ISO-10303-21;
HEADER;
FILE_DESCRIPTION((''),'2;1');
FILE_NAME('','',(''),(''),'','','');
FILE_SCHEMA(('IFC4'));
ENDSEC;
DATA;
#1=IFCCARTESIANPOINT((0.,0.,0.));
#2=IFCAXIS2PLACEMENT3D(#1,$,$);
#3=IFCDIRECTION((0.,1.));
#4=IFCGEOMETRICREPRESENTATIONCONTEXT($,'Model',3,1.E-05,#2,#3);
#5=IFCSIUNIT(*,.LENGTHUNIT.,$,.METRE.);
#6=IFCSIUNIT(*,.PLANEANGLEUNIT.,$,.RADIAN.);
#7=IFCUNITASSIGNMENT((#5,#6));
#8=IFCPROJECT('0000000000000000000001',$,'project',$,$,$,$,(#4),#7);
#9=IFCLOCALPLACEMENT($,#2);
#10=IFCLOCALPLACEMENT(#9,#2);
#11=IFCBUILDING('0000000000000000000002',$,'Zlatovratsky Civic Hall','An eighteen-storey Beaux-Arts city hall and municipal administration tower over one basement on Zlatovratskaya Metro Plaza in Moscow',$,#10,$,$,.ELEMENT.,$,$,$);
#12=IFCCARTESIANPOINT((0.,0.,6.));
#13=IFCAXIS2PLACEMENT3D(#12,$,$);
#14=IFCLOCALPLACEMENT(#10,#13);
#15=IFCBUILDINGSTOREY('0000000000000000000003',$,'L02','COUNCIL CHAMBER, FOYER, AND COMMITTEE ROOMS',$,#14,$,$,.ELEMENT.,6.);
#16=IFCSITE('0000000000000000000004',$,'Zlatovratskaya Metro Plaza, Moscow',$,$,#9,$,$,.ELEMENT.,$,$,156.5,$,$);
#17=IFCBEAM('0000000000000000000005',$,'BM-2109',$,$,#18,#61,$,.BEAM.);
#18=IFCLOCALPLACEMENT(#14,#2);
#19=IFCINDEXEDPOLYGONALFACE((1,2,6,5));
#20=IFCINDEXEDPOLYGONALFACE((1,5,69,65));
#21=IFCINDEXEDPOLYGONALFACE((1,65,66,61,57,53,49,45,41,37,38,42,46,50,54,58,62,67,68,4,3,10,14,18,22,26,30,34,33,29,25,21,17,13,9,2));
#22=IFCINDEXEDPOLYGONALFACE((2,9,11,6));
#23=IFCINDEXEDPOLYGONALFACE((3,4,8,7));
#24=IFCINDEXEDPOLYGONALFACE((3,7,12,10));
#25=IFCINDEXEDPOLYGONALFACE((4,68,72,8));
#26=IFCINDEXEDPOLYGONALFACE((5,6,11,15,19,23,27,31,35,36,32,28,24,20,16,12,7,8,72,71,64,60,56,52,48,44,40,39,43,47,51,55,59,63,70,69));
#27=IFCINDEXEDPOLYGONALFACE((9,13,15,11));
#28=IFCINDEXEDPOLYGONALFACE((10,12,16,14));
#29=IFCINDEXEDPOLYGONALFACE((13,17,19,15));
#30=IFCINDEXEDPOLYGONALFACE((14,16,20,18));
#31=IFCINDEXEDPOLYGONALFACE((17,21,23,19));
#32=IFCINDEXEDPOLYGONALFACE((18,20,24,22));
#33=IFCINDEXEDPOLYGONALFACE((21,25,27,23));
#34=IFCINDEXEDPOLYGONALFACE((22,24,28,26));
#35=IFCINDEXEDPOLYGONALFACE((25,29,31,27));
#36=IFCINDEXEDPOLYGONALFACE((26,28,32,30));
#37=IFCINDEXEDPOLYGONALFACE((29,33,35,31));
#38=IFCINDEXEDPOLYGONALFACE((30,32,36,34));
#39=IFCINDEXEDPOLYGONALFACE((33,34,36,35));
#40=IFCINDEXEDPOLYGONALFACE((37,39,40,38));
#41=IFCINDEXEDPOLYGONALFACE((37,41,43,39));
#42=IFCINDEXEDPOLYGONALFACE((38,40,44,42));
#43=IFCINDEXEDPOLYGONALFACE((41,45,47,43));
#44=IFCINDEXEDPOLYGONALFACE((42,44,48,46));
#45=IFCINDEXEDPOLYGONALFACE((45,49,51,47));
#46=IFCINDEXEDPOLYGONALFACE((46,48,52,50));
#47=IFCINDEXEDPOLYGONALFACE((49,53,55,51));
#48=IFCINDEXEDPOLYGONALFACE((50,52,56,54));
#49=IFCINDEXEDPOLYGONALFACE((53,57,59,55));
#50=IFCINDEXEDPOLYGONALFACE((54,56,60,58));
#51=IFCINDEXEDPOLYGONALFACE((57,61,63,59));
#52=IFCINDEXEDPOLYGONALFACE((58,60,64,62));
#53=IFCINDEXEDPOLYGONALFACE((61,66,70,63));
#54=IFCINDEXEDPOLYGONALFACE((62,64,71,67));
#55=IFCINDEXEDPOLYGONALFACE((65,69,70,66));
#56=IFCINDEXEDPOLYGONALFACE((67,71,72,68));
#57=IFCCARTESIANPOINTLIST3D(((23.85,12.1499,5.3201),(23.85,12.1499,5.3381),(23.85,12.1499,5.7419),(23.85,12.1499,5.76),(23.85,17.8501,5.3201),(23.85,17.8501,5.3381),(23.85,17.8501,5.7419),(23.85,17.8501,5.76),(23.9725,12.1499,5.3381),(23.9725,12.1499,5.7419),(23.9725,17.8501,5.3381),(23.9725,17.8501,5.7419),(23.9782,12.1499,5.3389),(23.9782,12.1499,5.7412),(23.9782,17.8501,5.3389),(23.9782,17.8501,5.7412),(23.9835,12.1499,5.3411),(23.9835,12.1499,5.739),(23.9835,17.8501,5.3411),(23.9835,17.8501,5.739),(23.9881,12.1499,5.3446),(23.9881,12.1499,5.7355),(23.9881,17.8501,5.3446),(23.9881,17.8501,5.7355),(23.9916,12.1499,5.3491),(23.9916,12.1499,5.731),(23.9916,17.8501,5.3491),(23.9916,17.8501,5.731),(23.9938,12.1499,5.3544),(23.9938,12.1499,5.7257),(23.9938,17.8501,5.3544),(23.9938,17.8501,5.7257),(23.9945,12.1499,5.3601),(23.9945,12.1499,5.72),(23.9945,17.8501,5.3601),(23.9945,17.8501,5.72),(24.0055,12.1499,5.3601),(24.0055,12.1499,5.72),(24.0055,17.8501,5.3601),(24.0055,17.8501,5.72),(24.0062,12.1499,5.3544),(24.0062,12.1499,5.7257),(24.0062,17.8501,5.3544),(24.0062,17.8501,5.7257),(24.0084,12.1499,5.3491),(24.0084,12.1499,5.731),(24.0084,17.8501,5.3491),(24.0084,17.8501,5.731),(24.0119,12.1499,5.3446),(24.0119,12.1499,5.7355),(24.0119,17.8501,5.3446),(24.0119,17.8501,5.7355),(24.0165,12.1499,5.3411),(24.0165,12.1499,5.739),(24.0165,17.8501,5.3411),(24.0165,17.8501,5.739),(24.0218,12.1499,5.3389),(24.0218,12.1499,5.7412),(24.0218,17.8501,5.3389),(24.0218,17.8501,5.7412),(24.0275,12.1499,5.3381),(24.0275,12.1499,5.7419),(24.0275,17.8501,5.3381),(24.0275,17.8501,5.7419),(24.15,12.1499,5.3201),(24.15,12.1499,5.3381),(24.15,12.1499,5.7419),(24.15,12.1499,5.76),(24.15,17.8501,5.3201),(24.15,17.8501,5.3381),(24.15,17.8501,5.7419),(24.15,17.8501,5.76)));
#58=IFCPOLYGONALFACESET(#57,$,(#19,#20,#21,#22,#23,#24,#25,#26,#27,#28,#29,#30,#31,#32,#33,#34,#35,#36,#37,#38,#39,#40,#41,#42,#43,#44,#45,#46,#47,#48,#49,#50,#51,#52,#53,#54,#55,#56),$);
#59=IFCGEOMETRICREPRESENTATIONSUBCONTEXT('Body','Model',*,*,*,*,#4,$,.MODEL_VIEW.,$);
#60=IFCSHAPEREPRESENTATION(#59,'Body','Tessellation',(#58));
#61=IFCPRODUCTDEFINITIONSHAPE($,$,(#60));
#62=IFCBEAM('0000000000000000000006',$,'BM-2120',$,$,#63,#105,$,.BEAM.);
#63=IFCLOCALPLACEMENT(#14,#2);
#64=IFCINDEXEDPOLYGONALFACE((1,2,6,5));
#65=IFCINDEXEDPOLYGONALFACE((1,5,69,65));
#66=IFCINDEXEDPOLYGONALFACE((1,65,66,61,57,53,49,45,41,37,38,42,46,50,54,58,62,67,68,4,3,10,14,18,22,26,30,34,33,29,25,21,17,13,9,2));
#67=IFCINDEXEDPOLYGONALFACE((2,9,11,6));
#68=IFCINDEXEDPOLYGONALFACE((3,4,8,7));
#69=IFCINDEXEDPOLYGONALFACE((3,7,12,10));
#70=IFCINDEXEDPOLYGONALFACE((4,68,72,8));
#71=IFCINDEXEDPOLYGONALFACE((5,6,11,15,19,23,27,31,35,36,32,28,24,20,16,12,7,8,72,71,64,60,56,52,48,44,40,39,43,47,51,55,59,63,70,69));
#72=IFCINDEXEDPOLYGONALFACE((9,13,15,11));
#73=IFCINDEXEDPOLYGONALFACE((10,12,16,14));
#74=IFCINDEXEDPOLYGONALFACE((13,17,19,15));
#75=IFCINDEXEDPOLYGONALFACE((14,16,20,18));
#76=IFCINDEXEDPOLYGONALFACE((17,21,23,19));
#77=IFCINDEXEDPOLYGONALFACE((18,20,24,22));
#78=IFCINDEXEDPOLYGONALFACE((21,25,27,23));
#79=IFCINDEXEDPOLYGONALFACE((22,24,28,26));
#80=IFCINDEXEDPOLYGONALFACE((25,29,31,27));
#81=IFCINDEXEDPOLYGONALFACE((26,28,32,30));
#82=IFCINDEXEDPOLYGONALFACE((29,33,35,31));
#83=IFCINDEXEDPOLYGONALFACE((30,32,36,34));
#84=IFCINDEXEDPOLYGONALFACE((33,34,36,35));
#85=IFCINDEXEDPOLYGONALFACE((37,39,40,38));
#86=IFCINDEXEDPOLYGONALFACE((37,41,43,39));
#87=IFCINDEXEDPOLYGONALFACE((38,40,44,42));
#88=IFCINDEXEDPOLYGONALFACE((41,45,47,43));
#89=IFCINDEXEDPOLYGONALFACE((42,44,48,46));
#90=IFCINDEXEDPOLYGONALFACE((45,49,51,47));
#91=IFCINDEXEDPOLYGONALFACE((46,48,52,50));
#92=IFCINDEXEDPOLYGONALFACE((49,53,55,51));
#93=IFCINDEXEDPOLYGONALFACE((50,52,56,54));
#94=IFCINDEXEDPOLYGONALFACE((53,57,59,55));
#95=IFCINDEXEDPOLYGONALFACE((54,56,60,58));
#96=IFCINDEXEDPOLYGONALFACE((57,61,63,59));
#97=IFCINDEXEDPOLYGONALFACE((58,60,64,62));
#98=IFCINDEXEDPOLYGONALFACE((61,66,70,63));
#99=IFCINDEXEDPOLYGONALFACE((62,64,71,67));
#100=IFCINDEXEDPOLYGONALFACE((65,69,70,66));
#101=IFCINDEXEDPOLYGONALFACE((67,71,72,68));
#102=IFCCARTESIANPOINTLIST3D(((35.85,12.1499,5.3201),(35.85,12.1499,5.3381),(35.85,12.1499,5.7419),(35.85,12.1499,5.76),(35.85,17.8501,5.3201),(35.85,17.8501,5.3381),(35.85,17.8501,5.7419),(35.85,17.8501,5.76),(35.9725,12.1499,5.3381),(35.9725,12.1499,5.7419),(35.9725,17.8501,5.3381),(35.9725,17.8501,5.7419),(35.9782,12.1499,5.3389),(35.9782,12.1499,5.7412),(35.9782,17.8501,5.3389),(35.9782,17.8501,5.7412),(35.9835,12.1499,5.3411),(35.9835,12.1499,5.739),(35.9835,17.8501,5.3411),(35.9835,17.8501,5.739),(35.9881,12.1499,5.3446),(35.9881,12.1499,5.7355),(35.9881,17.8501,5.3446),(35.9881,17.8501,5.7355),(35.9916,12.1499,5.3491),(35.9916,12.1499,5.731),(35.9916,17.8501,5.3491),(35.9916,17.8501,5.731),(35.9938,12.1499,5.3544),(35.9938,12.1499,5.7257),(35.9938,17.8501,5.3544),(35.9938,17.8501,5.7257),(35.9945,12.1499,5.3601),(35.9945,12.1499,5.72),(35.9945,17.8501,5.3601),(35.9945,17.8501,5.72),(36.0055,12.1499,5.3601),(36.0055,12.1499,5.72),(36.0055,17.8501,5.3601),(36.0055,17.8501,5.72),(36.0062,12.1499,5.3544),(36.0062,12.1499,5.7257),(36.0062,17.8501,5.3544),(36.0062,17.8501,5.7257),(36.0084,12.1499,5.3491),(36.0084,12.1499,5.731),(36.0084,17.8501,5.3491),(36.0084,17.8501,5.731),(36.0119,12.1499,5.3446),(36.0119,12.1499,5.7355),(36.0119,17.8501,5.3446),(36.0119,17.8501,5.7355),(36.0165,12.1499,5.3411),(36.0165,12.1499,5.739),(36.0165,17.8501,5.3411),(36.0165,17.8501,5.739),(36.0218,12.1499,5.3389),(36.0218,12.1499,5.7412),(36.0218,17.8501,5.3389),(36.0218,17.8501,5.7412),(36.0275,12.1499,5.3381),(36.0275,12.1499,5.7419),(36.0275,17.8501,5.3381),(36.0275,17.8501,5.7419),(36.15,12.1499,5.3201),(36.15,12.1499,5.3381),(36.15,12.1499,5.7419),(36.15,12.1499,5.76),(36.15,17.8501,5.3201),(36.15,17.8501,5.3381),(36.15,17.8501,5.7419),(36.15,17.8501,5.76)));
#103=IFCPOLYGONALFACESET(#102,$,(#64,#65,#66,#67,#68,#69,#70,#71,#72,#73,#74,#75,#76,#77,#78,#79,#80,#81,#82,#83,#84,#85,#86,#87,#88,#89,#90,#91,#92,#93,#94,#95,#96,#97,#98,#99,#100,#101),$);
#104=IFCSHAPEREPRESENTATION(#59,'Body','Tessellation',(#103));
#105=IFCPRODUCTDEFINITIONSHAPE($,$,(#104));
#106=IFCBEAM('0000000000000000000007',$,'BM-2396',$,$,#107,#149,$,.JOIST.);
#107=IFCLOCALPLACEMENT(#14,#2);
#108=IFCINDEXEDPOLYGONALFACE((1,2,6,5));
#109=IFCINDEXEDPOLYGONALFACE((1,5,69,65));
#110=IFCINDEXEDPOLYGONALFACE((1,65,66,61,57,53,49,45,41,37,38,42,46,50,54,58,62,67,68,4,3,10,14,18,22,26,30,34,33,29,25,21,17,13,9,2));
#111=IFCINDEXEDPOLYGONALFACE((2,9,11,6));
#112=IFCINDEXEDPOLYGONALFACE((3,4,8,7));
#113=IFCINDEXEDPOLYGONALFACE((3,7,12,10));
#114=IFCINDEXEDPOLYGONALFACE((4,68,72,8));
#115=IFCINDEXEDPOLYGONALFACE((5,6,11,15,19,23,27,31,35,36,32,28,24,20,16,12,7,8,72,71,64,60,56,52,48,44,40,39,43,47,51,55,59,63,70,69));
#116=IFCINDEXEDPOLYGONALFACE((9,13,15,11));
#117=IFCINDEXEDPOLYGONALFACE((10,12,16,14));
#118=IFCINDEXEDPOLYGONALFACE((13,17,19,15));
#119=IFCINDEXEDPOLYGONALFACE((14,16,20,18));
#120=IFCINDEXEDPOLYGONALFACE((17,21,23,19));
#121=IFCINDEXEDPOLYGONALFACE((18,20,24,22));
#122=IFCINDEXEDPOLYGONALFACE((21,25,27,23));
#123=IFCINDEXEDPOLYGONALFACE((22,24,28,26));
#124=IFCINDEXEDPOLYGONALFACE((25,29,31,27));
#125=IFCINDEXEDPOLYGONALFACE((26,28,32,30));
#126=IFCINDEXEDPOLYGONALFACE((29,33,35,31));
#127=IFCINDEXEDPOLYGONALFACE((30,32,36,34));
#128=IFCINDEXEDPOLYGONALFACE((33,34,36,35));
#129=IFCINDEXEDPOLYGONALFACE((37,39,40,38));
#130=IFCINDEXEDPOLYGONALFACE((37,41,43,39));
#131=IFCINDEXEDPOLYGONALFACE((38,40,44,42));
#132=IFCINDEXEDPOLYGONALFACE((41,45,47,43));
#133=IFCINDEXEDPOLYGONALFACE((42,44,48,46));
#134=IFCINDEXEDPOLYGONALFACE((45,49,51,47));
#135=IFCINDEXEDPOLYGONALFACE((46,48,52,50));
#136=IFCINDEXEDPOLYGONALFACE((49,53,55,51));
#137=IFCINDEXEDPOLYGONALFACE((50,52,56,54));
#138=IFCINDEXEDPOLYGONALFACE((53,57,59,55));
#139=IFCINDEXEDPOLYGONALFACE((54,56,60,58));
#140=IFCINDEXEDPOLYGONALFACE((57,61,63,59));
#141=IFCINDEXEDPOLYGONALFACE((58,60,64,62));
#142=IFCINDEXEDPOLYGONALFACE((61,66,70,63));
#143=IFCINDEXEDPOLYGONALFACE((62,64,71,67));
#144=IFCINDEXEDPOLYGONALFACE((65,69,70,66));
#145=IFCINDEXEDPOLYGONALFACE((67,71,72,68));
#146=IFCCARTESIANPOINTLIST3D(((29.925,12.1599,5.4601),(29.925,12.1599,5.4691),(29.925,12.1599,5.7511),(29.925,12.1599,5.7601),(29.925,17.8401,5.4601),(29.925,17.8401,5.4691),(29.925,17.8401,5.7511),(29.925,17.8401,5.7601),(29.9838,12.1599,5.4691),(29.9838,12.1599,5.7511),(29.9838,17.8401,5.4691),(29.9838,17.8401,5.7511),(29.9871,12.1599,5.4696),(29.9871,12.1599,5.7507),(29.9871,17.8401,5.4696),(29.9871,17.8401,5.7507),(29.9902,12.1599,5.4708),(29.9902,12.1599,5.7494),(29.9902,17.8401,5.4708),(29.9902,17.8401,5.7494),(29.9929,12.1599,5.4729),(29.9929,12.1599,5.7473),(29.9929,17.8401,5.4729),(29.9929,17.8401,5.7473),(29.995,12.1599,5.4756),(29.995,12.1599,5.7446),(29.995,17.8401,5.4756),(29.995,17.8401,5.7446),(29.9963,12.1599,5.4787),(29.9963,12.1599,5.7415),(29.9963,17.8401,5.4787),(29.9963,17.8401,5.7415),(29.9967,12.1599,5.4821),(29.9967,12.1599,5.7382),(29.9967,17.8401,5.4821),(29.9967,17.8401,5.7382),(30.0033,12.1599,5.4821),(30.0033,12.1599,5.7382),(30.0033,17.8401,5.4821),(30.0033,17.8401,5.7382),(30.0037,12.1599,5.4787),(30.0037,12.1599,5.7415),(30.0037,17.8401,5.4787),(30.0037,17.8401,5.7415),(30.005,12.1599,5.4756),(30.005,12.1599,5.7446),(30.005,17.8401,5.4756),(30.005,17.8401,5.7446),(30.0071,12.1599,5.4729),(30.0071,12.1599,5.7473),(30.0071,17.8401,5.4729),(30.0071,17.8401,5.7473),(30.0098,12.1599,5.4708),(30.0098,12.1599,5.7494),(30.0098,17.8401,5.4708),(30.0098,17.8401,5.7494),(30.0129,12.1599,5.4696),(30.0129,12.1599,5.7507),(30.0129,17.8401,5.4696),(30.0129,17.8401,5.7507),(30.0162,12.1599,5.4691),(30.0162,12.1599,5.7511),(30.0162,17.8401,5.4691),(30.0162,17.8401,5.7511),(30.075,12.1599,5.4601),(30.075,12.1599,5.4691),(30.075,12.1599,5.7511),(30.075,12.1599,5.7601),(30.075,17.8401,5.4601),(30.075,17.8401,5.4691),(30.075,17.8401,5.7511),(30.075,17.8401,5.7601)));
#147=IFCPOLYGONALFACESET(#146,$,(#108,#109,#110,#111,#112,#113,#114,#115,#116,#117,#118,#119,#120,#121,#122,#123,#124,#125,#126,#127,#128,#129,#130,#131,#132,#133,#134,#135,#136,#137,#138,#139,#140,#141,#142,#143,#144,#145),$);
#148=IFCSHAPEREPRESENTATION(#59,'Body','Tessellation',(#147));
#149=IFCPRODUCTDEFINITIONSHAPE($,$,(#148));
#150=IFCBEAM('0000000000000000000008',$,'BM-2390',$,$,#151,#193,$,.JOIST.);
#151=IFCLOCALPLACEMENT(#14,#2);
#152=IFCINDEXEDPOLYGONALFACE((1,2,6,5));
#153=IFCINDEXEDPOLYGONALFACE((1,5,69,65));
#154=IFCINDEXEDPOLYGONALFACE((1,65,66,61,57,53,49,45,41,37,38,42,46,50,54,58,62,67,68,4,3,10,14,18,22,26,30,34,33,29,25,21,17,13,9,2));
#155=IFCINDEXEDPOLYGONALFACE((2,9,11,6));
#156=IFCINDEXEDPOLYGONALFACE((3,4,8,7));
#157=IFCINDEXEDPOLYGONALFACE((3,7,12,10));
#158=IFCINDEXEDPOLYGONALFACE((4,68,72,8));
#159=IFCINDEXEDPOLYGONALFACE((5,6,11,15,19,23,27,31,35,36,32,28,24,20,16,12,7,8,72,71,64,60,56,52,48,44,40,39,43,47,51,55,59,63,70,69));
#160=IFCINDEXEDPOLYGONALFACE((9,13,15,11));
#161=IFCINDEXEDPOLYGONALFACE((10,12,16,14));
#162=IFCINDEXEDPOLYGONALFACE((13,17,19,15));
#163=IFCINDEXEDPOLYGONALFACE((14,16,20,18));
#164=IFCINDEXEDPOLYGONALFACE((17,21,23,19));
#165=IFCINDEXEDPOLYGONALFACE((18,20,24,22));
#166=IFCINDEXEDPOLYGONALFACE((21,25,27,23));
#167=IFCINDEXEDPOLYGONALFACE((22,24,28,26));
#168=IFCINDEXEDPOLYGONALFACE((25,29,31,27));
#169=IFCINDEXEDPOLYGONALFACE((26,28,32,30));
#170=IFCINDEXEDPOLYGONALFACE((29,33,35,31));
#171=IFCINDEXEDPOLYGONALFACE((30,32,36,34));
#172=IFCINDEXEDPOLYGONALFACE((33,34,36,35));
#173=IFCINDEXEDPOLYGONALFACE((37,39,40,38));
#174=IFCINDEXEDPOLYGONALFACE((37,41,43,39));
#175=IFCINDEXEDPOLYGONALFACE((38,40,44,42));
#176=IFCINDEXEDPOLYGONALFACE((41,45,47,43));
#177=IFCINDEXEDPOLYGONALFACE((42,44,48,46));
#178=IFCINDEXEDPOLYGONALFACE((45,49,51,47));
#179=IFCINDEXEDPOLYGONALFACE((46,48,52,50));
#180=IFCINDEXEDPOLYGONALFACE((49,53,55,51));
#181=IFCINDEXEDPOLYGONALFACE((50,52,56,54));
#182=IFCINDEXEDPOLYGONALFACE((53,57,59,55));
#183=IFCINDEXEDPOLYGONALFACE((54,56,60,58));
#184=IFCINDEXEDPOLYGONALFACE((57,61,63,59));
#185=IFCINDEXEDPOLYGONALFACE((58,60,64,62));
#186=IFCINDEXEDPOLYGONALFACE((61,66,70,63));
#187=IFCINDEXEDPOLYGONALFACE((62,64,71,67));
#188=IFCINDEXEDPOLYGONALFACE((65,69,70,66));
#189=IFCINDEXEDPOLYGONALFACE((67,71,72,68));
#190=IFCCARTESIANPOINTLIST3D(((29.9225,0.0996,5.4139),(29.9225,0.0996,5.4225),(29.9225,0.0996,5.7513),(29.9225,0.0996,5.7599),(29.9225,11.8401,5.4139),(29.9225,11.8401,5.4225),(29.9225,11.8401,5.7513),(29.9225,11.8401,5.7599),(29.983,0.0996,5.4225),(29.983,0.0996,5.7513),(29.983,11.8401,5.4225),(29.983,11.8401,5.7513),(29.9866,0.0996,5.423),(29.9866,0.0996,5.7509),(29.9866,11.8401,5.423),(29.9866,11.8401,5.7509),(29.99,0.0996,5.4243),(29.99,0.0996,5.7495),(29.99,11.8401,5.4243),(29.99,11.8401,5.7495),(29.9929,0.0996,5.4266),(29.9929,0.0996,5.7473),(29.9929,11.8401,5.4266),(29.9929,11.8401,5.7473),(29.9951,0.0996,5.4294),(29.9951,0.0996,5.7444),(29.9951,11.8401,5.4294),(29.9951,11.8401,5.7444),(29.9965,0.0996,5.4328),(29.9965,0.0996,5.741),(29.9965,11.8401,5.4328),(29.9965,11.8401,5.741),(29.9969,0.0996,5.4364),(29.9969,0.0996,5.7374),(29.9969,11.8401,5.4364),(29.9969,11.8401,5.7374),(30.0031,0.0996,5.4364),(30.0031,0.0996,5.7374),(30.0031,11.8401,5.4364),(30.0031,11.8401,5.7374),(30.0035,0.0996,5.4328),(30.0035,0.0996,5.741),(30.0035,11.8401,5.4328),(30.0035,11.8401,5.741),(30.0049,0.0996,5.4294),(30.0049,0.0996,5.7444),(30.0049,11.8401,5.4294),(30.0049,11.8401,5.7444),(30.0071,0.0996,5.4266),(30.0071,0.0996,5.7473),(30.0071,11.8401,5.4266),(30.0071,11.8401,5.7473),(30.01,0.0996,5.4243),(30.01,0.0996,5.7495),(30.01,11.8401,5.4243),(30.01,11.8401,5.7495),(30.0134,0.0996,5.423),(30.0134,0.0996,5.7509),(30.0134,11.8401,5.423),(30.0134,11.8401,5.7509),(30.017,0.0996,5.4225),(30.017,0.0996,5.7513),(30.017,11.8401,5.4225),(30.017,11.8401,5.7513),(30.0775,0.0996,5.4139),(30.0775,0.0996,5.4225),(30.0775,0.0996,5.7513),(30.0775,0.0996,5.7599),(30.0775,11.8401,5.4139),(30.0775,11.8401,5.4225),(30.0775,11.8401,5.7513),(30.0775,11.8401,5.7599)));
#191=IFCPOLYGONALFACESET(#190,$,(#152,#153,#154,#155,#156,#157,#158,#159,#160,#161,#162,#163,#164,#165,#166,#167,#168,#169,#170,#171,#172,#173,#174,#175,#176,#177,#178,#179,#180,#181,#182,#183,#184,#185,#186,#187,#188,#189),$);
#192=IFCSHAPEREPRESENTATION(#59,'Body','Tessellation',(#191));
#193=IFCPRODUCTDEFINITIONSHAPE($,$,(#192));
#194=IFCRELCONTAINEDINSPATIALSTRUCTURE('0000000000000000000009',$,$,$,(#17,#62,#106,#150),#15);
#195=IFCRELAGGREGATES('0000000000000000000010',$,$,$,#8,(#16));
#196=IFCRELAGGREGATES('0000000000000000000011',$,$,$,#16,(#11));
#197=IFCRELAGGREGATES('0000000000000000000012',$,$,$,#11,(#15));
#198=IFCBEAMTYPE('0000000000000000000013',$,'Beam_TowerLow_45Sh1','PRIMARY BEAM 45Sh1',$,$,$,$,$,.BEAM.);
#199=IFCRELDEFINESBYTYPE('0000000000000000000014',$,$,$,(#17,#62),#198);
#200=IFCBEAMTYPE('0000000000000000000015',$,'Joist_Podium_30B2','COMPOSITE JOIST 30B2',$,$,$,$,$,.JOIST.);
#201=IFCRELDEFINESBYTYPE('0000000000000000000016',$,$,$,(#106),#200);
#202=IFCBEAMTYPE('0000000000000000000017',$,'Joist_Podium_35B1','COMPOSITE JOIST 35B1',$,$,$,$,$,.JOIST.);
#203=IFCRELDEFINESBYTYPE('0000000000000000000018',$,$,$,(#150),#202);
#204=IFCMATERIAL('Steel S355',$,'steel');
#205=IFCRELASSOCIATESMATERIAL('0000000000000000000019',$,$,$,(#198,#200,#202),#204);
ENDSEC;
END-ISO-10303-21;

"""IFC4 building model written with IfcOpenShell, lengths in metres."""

from ifc_helpers import new_model, si_unit, direction, frame, origin, origin_2d, place, context, subcontext, project, spatial, i_section, extrude, material, material_profile, profile_set, type_object, element, save


model = new_model("IFC4")

# Units and contexts
model_context = context("Model", 3, precision=1e-05, world=origin(), true_north=direction((0.0, 1.0)))
body_context = subcontext(model_context, "Body", "Model", "MODEL_VIEW")
ifc_project = project(units=[si_unit("LENGTHUNIT", "METRE"), si_unit("PLANEANGLEUNIT", "RADIAN")], contexts=[model_context])

# Site, building, storey
site_placement = place(None, origin())
site = spatial("IfcSite", under=ifc_project, at=site_placement, Name="Zlatovratskaya Metro Plaza, Moscow", CompositionType="ELEMENT", RefElevation=156.5)
building_placement = place(site_placement, origin())
building = spatial("IfcBuilding", under=site, at=building_placement, Name="Zlatovratsky Civic Hall", Description="An eighteen-storey Beaux-Arts city hall and municipal administration tower over one basement on Zlatovratskaya Metro Plaza in Moscow", CompositionType="ELEMENT")
storey_placement = place(building_placement, frame((0.0, 0.0, 6.0)))
storey = spatial("IfcBuildingStorey", under=building, at=storey_placement, Name="L02", Description="COUNCIL CHAMBER, FOYER, AND COMMITTEE ROOMS", CompositionType="ELEMENT", Elevation=6.0)

# Shared definitions
ifc_material_1 = material(Name="Steel S355", Category="steel")

# Beams
ifc_material_profile_1 = material_profile(ifc_material_1, i_section(OverallWidth=0.3, OverallDepth=0.4399, WebThickness=0.011, FlangeThickness=0.0181, FilletRadius=0.022, at=origin_2d()), Name="45Sh1")
ifc_profile_set_1 = profile_set([ifc_material_profile_1], Name="Steel S355")
beam_type_1 = type_object("IfcBeamType", Name="Beam_TowerLow_45Sh1", Description="PRIMARY BEAM 45Sh1", PredefinedType="BEAM", material=ifc_profile_set_1)
for number, where, z_axis, x_axis, name in (
    (1, (24.0, 12.1499, 5.54), (0.0, 1.0, 0.0), (-1.0, 0.0, 0.0), "BM-2109"),
    (2, (36.0, 12.1499, 5.54), (0.0, 1.0, 0.0), (-1.0, 0.0, 0.0), "BM-2120"),
):
    element("IfcBeam", number, at=place(storey_placement, frame(where, z_axis=z_axis, x_axis=x_axis)), inside=storey, type_object=beam_type_1, Name=name, PredefinedType="BEAM", context=body_context, shape_type="SweptSolid", body=[
        extrude(i_section(OverallWidth=0.3, OverallDepth=0.4399, WebThickness=0.011, FlangeThickness=0.0181, FilletRadius=0.022, at=origin_2d()), origin(), (0.0, 0.0, 1.0), 5.7002),
    ])
ifc_material_profile_2 = material_profile(ifc_material_1, i_section(OverallWidth=0.1499, OverallDepth=0.3, WebThickness=0.0066, FlangeThickness=0.009, FilletRadius=0.0129, at=origin_2d()), Name="30B2")
ifc_profile_set_2 = profile_set([ifc_material_profile_2], Name="Steel S355")
beam_type_2 = type_object("IfcBeamType", Name="Joist_Podium_30B2", Description="COMPOSITE JOIST 30B2", PredefinedType="JOIST", material=ifc_profile_set_2)
beam_1_placement = place(storey_placement, frame((30.0, 12.1599, 5.6101), z_axis=(0.0, 1.0, 0.0), x_axis=(-1.0, 0.0, 0.0)))
element("IfcBeam", 3, at=beam_1_placement, inside=storey, type_object=beam_type_2, Name="BM-2396", PredefinedType="JOIST", context=body_context, shape_type="SweptSolid", body=[
    extrude(i_section(OverallWidth=0.1499, OverallDepth=0.3, WebThickness=0.0066, FlangeThickness=0.009, FilletRadius=0.0129, at=origin_2d()), origin(), (0.0, 0.0, 1.0), 5.6802),
])
ifc_material_profile_3 = material_profile(ifc_material_1, i_section(OverallWidth=0.155, OverallDepth=0.3459, WebThickness=0.0061, FlangeThickness=0.0085, FilletRadius=0.0139, at=origin_2d()), Name="35B1")
ifc_profile_set_3 = profile_set([ifc_material_profile_3], Name="Steel S355")
beam_type_3 = type_object("IfcBeamType", Name="Joist_Podium_35B1", Description="COMPOSITE JOIST 35B1", PredefinedType="JOIST", material=ifc_profile_set_3)
beam_2_placement = place(storey_placement, frame((30.0, 0.0996, 5.5869), z_axis=(0.0, 1.0, 0.0), x_axis=(-1.0, 0.0, 0.0)))
element("IfcBeam", 4, at=beam_2_placement, inside=storey, type_object=beam_type_3, Name="BM-2390", PredefinedType="JOIST", context=body_context, shape_type="SweptSolid", body=[
    extrude(i_section(OverallWidth=0.155, OverallDepth=0.3459, WebThickness=0.0061, FlangeThickness=0.0085, FilletRadius=0.0139, at=origin_2d()), origin(), (0.0, 0.0, 1.0), 11.7405),
])

save(model, "model.ifc")
